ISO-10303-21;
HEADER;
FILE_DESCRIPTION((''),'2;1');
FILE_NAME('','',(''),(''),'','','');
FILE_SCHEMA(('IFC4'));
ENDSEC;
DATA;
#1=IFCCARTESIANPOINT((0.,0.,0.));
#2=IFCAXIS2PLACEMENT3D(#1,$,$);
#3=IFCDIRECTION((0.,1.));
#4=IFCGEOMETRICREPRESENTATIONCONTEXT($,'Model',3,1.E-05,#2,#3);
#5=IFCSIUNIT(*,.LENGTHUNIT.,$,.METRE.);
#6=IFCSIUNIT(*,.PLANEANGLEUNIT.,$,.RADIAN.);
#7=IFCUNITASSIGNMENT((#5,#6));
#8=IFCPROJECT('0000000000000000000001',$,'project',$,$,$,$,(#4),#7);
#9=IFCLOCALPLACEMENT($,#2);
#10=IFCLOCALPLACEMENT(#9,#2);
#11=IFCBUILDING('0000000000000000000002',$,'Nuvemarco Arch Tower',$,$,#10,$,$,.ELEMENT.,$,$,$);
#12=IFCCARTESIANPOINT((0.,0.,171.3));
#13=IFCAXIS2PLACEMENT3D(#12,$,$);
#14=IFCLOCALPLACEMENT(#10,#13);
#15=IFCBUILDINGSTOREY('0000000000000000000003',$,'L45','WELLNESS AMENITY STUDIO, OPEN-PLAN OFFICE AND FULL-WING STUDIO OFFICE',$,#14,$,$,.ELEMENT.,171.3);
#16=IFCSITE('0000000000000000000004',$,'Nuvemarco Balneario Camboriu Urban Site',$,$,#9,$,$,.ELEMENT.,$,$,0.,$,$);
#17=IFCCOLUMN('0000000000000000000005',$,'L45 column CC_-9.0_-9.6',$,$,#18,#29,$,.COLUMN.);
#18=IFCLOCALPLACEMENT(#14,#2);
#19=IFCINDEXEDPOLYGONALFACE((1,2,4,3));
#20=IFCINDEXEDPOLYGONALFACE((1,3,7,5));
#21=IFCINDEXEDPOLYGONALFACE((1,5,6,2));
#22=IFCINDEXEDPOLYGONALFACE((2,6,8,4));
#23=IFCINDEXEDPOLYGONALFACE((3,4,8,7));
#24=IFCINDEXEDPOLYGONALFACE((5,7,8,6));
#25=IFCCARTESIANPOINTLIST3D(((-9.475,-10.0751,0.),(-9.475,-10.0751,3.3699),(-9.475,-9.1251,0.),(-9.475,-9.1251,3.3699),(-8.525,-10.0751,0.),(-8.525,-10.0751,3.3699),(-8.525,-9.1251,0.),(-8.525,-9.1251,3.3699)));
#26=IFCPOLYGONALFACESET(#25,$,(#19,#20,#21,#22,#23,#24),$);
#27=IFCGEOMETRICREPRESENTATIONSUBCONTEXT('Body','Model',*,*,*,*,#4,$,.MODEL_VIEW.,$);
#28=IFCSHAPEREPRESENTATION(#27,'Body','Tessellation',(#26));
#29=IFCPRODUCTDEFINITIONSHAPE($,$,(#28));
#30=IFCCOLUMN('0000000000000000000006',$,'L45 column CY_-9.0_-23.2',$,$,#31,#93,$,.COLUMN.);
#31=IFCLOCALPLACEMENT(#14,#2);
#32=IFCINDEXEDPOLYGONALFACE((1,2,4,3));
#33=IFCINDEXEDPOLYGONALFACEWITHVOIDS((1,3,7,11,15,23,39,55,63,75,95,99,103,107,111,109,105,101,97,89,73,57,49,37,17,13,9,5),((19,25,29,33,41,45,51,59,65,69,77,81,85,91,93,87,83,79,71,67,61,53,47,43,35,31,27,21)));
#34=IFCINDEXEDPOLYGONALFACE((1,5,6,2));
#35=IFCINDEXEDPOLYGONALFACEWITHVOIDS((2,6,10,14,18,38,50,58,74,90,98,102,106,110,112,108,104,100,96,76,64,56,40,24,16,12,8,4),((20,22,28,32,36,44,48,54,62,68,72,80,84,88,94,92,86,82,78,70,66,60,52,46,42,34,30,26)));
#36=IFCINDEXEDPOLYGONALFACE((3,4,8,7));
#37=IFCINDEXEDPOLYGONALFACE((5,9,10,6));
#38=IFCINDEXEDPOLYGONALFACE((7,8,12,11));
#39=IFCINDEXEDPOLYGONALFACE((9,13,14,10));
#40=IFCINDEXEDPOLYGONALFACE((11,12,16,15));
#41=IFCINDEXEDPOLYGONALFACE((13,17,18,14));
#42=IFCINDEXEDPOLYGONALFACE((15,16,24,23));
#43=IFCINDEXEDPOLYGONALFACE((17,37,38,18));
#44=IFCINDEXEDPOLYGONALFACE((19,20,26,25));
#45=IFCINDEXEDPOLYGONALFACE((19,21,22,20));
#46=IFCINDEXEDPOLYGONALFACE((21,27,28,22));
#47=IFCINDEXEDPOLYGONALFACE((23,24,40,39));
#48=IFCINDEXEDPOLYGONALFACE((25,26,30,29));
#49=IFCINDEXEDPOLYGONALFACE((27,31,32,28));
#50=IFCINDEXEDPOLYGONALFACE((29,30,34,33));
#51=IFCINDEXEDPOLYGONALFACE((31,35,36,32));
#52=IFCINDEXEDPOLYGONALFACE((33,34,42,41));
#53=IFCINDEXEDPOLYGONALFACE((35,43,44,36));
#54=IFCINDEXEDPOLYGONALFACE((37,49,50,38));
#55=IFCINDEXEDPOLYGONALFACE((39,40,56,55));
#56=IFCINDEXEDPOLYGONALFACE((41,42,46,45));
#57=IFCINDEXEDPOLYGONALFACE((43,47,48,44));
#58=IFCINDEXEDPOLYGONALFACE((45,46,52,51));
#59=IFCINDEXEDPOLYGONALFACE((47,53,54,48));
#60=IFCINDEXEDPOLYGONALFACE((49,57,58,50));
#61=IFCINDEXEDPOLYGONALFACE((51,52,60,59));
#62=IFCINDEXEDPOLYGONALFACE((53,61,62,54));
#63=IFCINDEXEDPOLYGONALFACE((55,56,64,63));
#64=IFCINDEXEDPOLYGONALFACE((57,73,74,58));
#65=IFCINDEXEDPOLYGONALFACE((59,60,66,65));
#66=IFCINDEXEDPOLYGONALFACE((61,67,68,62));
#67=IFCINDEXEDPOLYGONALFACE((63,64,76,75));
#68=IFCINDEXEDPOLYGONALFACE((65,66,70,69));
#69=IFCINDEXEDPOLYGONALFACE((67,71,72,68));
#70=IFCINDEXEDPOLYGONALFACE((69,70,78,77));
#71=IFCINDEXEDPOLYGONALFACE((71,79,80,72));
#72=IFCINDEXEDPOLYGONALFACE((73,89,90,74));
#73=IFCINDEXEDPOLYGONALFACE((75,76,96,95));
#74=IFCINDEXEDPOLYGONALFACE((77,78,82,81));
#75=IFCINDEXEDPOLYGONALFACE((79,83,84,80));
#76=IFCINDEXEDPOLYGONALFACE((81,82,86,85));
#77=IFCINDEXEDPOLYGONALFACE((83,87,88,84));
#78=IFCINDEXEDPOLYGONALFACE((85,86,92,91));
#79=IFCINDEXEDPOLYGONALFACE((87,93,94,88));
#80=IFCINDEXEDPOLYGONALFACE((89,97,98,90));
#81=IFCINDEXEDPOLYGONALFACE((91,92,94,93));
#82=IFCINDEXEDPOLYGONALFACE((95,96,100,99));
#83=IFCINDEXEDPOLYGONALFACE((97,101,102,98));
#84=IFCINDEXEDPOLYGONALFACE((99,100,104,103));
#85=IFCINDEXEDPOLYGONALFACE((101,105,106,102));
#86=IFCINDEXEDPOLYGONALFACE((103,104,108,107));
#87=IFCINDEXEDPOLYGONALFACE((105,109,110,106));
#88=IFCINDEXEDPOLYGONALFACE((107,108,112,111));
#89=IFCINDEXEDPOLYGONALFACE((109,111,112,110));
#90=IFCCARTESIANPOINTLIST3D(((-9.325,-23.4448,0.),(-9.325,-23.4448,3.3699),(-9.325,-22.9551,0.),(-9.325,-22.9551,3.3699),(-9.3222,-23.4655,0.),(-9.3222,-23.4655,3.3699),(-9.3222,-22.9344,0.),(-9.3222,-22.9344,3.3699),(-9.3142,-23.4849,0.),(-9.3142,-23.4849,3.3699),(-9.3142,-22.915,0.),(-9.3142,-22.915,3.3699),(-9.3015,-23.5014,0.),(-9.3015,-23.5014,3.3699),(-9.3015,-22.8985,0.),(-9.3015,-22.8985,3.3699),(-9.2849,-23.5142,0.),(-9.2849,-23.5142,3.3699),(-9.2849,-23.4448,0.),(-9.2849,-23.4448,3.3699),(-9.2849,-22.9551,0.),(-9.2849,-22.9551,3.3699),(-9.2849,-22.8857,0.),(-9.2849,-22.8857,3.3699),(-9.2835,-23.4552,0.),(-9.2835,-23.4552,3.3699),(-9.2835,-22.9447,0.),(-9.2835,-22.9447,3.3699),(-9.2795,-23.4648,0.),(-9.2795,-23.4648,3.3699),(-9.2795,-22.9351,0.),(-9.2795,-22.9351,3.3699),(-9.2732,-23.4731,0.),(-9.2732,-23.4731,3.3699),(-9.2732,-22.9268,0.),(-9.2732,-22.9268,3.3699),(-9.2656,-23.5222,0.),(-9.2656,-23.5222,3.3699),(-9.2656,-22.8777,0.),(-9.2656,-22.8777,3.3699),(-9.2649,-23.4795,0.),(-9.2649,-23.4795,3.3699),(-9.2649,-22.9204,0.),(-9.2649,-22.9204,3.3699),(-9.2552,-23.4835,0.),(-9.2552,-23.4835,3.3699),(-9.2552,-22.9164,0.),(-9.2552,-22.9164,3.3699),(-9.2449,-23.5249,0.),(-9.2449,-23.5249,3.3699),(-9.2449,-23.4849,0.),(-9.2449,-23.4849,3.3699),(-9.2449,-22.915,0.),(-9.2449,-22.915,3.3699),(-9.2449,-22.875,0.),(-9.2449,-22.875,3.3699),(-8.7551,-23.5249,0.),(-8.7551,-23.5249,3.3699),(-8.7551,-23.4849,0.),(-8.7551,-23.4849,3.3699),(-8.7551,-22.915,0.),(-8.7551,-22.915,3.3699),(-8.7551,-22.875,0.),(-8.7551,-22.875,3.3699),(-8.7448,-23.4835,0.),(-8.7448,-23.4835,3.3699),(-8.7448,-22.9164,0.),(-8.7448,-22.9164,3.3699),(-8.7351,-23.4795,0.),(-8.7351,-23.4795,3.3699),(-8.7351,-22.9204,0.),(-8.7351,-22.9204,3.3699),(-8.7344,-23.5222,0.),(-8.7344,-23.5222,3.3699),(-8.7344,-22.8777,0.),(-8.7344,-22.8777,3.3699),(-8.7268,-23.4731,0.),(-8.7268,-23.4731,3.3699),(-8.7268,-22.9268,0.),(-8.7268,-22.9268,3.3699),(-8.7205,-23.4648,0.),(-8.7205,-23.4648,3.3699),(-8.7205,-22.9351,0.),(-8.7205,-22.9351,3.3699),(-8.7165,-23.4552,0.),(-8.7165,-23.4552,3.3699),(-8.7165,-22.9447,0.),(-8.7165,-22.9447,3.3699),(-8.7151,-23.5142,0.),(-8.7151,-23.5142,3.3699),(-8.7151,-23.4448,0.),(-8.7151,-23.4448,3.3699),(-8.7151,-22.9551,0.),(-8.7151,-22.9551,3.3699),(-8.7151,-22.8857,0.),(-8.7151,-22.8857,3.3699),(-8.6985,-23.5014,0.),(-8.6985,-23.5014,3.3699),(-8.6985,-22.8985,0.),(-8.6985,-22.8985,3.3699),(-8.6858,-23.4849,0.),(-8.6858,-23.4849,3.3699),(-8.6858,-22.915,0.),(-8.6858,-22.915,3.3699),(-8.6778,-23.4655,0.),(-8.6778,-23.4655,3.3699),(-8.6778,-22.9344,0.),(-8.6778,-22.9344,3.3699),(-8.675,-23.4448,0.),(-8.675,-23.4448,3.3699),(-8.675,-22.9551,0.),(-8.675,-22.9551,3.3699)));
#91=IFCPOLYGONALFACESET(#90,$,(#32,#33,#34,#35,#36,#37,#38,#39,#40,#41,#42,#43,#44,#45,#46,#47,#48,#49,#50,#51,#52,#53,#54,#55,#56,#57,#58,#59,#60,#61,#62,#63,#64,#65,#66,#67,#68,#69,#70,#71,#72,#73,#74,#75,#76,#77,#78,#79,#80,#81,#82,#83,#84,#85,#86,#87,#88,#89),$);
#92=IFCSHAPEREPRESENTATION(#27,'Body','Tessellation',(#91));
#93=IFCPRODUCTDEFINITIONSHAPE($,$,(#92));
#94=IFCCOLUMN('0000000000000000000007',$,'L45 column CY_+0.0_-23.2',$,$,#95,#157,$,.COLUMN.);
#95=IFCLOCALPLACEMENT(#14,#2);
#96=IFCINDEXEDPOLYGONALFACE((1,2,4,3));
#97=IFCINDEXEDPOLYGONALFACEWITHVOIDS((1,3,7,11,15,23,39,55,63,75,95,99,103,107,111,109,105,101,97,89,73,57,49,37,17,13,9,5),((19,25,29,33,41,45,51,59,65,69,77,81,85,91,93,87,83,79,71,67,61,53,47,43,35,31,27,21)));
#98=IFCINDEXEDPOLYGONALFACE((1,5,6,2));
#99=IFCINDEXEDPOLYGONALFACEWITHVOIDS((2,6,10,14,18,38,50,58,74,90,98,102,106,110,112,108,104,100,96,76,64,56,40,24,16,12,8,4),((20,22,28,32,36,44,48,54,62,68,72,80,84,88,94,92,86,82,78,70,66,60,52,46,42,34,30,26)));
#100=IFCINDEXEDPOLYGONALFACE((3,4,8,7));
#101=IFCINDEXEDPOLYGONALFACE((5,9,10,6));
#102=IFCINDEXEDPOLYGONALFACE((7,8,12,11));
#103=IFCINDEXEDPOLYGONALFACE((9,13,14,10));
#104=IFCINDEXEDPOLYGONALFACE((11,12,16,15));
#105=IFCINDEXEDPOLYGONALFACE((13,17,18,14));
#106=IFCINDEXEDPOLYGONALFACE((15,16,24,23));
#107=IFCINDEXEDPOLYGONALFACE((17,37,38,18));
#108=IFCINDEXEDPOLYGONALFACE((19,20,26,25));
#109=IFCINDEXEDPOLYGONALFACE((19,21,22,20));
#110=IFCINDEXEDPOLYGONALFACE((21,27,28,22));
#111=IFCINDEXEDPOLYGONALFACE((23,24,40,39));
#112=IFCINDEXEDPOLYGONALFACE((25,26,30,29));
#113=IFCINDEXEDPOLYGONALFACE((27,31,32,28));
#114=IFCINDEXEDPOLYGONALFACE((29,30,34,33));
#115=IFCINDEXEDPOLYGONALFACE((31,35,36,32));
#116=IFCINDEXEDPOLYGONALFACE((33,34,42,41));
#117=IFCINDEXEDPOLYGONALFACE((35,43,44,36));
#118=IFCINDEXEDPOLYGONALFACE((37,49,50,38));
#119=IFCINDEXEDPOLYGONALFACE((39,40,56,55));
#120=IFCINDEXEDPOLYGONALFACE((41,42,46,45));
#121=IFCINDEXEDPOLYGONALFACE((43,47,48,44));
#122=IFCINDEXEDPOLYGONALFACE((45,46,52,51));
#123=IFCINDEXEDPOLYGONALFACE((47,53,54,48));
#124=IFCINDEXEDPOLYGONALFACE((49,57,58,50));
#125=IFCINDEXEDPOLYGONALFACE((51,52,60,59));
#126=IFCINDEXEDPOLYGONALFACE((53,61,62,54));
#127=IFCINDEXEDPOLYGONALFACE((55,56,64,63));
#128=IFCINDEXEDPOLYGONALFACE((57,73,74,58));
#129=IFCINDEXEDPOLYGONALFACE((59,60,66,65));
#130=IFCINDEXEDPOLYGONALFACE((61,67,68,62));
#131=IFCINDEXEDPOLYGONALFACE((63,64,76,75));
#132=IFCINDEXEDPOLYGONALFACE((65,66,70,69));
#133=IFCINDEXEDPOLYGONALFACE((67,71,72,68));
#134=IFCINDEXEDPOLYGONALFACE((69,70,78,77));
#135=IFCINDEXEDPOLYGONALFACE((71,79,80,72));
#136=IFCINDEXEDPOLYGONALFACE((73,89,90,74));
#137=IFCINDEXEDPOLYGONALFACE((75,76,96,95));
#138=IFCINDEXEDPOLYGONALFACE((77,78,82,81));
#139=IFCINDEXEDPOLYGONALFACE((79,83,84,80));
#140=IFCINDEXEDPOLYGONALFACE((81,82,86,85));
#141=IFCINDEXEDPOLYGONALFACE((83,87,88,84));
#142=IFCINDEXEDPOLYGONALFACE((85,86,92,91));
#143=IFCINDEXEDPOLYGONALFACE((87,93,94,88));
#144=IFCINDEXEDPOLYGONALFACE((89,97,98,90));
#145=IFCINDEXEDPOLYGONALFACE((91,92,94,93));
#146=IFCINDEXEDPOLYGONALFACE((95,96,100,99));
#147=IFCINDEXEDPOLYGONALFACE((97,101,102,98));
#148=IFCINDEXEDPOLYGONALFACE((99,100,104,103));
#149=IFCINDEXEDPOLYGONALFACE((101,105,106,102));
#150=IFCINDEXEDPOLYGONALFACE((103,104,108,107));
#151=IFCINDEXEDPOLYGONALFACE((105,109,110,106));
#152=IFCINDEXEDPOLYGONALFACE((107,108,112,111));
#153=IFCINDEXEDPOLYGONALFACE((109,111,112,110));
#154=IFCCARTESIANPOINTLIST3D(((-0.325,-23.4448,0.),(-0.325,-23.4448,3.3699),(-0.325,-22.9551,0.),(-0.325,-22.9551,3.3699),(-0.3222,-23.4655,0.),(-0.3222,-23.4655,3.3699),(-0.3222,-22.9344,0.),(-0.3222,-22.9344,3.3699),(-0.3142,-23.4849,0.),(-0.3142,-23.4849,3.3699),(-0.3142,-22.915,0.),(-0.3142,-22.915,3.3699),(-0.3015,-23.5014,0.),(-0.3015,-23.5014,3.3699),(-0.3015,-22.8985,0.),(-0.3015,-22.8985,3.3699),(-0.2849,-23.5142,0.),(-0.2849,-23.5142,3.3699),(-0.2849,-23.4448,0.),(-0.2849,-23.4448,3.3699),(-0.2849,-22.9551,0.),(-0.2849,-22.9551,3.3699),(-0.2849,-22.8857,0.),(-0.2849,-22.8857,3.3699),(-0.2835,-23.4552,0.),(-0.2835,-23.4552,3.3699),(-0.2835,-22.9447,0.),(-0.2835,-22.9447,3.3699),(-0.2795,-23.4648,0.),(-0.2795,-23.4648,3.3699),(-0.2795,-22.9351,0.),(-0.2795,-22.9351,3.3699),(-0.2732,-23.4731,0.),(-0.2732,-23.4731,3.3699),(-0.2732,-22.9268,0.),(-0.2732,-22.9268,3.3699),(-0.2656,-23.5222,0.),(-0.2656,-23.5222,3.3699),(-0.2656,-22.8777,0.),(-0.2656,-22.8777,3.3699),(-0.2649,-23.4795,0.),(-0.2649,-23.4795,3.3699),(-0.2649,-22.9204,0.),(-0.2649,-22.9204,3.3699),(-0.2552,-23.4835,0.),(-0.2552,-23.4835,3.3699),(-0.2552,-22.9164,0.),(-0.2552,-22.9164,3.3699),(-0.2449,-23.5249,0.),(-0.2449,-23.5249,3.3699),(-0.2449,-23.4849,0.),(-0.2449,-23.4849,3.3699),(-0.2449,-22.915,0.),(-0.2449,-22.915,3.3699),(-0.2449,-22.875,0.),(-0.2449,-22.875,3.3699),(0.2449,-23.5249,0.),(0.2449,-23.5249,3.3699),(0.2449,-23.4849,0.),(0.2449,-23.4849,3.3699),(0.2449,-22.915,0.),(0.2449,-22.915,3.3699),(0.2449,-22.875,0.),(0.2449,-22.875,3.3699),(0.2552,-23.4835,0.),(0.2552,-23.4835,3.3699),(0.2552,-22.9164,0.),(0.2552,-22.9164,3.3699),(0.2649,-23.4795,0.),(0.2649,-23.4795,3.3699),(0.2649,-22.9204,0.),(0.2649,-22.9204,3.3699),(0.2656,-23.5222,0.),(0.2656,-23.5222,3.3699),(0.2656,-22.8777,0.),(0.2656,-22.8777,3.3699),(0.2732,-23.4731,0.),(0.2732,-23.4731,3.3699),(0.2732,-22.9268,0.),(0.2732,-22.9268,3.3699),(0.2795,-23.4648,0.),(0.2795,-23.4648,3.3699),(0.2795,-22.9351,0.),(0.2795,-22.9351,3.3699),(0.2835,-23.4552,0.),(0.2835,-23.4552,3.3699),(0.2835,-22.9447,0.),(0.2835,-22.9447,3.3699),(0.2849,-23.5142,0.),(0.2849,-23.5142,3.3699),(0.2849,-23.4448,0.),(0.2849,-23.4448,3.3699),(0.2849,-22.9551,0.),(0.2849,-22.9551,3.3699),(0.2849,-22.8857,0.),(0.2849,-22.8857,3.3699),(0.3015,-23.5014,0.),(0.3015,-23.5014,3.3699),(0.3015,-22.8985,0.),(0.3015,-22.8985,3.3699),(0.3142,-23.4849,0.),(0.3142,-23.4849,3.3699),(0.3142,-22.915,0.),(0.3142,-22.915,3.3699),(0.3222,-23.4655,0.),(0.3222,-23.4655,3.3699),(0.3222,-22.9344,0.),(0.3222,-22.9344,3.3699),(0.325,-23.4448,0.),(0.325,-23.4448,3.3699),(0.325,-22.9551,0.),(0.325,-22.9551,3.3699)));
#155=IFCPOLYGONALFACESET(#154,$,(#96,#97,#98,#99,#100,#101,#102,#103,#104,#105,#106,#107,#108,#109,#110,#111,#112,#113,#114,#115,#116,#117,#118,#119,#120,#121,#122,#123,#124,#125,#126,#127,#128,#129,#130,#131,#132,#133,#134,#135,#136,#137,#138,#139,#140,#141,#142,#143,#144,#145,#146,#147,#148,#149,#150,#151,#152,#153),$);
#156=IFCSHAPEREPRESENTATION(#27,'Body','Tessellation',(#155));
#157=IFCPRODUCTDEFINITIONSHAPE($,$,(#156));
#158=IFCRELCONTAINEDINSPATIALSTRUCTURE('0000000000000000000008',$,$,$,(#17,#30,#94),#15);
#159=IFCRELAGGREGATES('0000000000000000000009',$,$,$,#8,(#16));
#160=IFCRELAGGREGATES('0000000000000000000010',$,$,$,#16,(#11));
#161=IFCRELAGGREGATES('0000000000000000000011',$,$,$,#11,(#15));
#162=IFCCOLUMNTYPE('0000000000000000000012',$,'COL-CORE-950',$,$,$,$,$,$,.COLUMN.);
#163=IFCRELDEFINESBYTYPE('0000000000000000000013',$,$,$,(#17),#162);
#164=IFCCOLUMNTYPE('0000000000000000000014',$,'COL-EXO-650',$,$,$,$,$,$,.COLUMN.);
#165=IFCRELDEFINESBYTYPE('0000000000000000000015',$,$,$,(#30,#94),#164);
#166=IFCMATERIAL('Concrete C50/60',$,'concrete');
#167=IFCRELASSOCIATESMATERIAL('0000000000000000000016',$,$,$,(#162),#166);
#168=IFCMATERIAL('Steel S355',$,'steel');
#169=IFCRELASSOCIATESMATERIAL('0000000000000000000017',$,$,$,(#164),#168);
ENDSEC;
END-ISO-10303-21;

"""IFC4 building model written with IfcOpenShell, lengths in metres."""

from ifc_helpers import new_model, si_unit, direction, frame, origin, origin_2d, place, context, subcontext, project, spatial, rectangle, hollow_rectangle, extrude, material, material_profile, profile_set, type_object, element, save


model = new_model("IFC4")

# Units and contexts
model_context = context("Model", 3, precision=1e-05, world=origin(), true_north=direction((0.0, 1.0)))
body_context = subcontext(model_context, "Body", "Model", "MODEL_VIEW")
ifc_project = project(units=[si_unit("LENGTHUNIT", "METRE"), si_unit("PLANEANGLEUNIT", "RADIAN")], contexts=[model_context])

# Site, building, storey
site_placement = place(None, origin())
site = spatial("IfcSite", under=ifc_project, at=site_placement, Name="Nuvemarco Balneario Camboriu Urban Site", CompositionType="ELEMENT", RefElevation=0.0)
building_placement = place(site_placement, origin())
building = spatial("IfcBuilding", under=site, at=building_placement, Name="Nuvemarco Arch Tower", CompositionType="ELEMENT")
storey_placement = place(building_placement, frame((0.0, 0.0, 171.3)))
storey = spatial("IfcBuildingStorey", under=building, at=storey_placement, Name="L45", Description="WELLNESS AMENITY STUDIO, OPEN-PLAN OFFICE AND FULL-WING STUDIO OFFICE", CompositionType="ELEMENT", Elevation=171.3)

# Columns
ifc_material_1 = material(Name="Concrete C50/60", Category="concrete")
ifc_material_profile_1 = material_profile(ifc_material_1, rectangle(XDim=0.95, YDim=0.95, at=origin_2d()), Name="RC-COL-950x950")
ifc_profile_set_1 = profile_set([ifc_material_profile_1], Name="Concrete C50/60")
column_type_1 = type_object("IfcColumnType", Name="COL-CORE-950", PredefinedType="COLUMN", material=ifc_profile_set_1)
column_placement = place(storey_placement, frame((-9.0, -9.6001, 0.0), z_axis=(0.0, 0.0, 1.0), x_axis=(1.0, 0.0, 0.0)))
element("IfcColumn", 1, at=column_placement, inside=storey, type_object=column_type_1, Name="L45 column CC_-9.0_-9.6", PredefinedType="COLUMN", context=body_context, shape_type="SweptSolid", body=[
    extrude(rectangle(XDim=0.95, YDim=0.95, at=origin_2d()), origin(), (0.0, 0.0, 1.0), 3.3699),
])
ifc_material_2 = material(Name="Steel S355", Category="steel")
ifc_material_profile_2 = material_profile(ifc_material_2, hollow_rectangle(XDim=0.6499, YDim=0.6499, WallThickness=0.04, InnerFilletRadius=0.04, OuterFilletRadius=0.0801, at=origin_2d()), Name="SHS650x650x40")
ifc_profile_set_2 = profile_set([ifc_material_profile_2], Name="Steel S355")
column_type_2 = type_object("IfcColumnType", Name="COL-EXO-650", PredefinedType="COLUMN", material=ifc_profile_set_2)
for number, where, z_axis, x_axis, name in (
    (2, (-9.0, -23.2, 0.0), (0.0, 0.0, 1.0), (1.0, 0.0, 0.0), "L45 column CY_-9.0_-23.2"),
    (3, (0.0, -23.2, 0.0), (0.0, 0.0, 1.0), (1.0, 0.0, 0.0), "L45 column CY_+0.0_-23.2"),
):
    element("IfcColumn", number, at=place(storey_placement, frame(where, z_axis=z_axis, x_axis=x_axis)), inside=storey, type_object=column_type_2, Name=name, PredefinedType="COLUMN", context=body_context, shape_type="SweptSolid", body=[
        extrude(hollow_rectangle(XDim=0.6499, YDim=0.6499, WallThickness=0.04, InnerFilletRadius=0.04, OuterFilletRadius=0.0801, at=origin_2d()), origin(), (0.0, 0.0, 1.0), 3.3699),
    ])

save(model, "model.ifc")
